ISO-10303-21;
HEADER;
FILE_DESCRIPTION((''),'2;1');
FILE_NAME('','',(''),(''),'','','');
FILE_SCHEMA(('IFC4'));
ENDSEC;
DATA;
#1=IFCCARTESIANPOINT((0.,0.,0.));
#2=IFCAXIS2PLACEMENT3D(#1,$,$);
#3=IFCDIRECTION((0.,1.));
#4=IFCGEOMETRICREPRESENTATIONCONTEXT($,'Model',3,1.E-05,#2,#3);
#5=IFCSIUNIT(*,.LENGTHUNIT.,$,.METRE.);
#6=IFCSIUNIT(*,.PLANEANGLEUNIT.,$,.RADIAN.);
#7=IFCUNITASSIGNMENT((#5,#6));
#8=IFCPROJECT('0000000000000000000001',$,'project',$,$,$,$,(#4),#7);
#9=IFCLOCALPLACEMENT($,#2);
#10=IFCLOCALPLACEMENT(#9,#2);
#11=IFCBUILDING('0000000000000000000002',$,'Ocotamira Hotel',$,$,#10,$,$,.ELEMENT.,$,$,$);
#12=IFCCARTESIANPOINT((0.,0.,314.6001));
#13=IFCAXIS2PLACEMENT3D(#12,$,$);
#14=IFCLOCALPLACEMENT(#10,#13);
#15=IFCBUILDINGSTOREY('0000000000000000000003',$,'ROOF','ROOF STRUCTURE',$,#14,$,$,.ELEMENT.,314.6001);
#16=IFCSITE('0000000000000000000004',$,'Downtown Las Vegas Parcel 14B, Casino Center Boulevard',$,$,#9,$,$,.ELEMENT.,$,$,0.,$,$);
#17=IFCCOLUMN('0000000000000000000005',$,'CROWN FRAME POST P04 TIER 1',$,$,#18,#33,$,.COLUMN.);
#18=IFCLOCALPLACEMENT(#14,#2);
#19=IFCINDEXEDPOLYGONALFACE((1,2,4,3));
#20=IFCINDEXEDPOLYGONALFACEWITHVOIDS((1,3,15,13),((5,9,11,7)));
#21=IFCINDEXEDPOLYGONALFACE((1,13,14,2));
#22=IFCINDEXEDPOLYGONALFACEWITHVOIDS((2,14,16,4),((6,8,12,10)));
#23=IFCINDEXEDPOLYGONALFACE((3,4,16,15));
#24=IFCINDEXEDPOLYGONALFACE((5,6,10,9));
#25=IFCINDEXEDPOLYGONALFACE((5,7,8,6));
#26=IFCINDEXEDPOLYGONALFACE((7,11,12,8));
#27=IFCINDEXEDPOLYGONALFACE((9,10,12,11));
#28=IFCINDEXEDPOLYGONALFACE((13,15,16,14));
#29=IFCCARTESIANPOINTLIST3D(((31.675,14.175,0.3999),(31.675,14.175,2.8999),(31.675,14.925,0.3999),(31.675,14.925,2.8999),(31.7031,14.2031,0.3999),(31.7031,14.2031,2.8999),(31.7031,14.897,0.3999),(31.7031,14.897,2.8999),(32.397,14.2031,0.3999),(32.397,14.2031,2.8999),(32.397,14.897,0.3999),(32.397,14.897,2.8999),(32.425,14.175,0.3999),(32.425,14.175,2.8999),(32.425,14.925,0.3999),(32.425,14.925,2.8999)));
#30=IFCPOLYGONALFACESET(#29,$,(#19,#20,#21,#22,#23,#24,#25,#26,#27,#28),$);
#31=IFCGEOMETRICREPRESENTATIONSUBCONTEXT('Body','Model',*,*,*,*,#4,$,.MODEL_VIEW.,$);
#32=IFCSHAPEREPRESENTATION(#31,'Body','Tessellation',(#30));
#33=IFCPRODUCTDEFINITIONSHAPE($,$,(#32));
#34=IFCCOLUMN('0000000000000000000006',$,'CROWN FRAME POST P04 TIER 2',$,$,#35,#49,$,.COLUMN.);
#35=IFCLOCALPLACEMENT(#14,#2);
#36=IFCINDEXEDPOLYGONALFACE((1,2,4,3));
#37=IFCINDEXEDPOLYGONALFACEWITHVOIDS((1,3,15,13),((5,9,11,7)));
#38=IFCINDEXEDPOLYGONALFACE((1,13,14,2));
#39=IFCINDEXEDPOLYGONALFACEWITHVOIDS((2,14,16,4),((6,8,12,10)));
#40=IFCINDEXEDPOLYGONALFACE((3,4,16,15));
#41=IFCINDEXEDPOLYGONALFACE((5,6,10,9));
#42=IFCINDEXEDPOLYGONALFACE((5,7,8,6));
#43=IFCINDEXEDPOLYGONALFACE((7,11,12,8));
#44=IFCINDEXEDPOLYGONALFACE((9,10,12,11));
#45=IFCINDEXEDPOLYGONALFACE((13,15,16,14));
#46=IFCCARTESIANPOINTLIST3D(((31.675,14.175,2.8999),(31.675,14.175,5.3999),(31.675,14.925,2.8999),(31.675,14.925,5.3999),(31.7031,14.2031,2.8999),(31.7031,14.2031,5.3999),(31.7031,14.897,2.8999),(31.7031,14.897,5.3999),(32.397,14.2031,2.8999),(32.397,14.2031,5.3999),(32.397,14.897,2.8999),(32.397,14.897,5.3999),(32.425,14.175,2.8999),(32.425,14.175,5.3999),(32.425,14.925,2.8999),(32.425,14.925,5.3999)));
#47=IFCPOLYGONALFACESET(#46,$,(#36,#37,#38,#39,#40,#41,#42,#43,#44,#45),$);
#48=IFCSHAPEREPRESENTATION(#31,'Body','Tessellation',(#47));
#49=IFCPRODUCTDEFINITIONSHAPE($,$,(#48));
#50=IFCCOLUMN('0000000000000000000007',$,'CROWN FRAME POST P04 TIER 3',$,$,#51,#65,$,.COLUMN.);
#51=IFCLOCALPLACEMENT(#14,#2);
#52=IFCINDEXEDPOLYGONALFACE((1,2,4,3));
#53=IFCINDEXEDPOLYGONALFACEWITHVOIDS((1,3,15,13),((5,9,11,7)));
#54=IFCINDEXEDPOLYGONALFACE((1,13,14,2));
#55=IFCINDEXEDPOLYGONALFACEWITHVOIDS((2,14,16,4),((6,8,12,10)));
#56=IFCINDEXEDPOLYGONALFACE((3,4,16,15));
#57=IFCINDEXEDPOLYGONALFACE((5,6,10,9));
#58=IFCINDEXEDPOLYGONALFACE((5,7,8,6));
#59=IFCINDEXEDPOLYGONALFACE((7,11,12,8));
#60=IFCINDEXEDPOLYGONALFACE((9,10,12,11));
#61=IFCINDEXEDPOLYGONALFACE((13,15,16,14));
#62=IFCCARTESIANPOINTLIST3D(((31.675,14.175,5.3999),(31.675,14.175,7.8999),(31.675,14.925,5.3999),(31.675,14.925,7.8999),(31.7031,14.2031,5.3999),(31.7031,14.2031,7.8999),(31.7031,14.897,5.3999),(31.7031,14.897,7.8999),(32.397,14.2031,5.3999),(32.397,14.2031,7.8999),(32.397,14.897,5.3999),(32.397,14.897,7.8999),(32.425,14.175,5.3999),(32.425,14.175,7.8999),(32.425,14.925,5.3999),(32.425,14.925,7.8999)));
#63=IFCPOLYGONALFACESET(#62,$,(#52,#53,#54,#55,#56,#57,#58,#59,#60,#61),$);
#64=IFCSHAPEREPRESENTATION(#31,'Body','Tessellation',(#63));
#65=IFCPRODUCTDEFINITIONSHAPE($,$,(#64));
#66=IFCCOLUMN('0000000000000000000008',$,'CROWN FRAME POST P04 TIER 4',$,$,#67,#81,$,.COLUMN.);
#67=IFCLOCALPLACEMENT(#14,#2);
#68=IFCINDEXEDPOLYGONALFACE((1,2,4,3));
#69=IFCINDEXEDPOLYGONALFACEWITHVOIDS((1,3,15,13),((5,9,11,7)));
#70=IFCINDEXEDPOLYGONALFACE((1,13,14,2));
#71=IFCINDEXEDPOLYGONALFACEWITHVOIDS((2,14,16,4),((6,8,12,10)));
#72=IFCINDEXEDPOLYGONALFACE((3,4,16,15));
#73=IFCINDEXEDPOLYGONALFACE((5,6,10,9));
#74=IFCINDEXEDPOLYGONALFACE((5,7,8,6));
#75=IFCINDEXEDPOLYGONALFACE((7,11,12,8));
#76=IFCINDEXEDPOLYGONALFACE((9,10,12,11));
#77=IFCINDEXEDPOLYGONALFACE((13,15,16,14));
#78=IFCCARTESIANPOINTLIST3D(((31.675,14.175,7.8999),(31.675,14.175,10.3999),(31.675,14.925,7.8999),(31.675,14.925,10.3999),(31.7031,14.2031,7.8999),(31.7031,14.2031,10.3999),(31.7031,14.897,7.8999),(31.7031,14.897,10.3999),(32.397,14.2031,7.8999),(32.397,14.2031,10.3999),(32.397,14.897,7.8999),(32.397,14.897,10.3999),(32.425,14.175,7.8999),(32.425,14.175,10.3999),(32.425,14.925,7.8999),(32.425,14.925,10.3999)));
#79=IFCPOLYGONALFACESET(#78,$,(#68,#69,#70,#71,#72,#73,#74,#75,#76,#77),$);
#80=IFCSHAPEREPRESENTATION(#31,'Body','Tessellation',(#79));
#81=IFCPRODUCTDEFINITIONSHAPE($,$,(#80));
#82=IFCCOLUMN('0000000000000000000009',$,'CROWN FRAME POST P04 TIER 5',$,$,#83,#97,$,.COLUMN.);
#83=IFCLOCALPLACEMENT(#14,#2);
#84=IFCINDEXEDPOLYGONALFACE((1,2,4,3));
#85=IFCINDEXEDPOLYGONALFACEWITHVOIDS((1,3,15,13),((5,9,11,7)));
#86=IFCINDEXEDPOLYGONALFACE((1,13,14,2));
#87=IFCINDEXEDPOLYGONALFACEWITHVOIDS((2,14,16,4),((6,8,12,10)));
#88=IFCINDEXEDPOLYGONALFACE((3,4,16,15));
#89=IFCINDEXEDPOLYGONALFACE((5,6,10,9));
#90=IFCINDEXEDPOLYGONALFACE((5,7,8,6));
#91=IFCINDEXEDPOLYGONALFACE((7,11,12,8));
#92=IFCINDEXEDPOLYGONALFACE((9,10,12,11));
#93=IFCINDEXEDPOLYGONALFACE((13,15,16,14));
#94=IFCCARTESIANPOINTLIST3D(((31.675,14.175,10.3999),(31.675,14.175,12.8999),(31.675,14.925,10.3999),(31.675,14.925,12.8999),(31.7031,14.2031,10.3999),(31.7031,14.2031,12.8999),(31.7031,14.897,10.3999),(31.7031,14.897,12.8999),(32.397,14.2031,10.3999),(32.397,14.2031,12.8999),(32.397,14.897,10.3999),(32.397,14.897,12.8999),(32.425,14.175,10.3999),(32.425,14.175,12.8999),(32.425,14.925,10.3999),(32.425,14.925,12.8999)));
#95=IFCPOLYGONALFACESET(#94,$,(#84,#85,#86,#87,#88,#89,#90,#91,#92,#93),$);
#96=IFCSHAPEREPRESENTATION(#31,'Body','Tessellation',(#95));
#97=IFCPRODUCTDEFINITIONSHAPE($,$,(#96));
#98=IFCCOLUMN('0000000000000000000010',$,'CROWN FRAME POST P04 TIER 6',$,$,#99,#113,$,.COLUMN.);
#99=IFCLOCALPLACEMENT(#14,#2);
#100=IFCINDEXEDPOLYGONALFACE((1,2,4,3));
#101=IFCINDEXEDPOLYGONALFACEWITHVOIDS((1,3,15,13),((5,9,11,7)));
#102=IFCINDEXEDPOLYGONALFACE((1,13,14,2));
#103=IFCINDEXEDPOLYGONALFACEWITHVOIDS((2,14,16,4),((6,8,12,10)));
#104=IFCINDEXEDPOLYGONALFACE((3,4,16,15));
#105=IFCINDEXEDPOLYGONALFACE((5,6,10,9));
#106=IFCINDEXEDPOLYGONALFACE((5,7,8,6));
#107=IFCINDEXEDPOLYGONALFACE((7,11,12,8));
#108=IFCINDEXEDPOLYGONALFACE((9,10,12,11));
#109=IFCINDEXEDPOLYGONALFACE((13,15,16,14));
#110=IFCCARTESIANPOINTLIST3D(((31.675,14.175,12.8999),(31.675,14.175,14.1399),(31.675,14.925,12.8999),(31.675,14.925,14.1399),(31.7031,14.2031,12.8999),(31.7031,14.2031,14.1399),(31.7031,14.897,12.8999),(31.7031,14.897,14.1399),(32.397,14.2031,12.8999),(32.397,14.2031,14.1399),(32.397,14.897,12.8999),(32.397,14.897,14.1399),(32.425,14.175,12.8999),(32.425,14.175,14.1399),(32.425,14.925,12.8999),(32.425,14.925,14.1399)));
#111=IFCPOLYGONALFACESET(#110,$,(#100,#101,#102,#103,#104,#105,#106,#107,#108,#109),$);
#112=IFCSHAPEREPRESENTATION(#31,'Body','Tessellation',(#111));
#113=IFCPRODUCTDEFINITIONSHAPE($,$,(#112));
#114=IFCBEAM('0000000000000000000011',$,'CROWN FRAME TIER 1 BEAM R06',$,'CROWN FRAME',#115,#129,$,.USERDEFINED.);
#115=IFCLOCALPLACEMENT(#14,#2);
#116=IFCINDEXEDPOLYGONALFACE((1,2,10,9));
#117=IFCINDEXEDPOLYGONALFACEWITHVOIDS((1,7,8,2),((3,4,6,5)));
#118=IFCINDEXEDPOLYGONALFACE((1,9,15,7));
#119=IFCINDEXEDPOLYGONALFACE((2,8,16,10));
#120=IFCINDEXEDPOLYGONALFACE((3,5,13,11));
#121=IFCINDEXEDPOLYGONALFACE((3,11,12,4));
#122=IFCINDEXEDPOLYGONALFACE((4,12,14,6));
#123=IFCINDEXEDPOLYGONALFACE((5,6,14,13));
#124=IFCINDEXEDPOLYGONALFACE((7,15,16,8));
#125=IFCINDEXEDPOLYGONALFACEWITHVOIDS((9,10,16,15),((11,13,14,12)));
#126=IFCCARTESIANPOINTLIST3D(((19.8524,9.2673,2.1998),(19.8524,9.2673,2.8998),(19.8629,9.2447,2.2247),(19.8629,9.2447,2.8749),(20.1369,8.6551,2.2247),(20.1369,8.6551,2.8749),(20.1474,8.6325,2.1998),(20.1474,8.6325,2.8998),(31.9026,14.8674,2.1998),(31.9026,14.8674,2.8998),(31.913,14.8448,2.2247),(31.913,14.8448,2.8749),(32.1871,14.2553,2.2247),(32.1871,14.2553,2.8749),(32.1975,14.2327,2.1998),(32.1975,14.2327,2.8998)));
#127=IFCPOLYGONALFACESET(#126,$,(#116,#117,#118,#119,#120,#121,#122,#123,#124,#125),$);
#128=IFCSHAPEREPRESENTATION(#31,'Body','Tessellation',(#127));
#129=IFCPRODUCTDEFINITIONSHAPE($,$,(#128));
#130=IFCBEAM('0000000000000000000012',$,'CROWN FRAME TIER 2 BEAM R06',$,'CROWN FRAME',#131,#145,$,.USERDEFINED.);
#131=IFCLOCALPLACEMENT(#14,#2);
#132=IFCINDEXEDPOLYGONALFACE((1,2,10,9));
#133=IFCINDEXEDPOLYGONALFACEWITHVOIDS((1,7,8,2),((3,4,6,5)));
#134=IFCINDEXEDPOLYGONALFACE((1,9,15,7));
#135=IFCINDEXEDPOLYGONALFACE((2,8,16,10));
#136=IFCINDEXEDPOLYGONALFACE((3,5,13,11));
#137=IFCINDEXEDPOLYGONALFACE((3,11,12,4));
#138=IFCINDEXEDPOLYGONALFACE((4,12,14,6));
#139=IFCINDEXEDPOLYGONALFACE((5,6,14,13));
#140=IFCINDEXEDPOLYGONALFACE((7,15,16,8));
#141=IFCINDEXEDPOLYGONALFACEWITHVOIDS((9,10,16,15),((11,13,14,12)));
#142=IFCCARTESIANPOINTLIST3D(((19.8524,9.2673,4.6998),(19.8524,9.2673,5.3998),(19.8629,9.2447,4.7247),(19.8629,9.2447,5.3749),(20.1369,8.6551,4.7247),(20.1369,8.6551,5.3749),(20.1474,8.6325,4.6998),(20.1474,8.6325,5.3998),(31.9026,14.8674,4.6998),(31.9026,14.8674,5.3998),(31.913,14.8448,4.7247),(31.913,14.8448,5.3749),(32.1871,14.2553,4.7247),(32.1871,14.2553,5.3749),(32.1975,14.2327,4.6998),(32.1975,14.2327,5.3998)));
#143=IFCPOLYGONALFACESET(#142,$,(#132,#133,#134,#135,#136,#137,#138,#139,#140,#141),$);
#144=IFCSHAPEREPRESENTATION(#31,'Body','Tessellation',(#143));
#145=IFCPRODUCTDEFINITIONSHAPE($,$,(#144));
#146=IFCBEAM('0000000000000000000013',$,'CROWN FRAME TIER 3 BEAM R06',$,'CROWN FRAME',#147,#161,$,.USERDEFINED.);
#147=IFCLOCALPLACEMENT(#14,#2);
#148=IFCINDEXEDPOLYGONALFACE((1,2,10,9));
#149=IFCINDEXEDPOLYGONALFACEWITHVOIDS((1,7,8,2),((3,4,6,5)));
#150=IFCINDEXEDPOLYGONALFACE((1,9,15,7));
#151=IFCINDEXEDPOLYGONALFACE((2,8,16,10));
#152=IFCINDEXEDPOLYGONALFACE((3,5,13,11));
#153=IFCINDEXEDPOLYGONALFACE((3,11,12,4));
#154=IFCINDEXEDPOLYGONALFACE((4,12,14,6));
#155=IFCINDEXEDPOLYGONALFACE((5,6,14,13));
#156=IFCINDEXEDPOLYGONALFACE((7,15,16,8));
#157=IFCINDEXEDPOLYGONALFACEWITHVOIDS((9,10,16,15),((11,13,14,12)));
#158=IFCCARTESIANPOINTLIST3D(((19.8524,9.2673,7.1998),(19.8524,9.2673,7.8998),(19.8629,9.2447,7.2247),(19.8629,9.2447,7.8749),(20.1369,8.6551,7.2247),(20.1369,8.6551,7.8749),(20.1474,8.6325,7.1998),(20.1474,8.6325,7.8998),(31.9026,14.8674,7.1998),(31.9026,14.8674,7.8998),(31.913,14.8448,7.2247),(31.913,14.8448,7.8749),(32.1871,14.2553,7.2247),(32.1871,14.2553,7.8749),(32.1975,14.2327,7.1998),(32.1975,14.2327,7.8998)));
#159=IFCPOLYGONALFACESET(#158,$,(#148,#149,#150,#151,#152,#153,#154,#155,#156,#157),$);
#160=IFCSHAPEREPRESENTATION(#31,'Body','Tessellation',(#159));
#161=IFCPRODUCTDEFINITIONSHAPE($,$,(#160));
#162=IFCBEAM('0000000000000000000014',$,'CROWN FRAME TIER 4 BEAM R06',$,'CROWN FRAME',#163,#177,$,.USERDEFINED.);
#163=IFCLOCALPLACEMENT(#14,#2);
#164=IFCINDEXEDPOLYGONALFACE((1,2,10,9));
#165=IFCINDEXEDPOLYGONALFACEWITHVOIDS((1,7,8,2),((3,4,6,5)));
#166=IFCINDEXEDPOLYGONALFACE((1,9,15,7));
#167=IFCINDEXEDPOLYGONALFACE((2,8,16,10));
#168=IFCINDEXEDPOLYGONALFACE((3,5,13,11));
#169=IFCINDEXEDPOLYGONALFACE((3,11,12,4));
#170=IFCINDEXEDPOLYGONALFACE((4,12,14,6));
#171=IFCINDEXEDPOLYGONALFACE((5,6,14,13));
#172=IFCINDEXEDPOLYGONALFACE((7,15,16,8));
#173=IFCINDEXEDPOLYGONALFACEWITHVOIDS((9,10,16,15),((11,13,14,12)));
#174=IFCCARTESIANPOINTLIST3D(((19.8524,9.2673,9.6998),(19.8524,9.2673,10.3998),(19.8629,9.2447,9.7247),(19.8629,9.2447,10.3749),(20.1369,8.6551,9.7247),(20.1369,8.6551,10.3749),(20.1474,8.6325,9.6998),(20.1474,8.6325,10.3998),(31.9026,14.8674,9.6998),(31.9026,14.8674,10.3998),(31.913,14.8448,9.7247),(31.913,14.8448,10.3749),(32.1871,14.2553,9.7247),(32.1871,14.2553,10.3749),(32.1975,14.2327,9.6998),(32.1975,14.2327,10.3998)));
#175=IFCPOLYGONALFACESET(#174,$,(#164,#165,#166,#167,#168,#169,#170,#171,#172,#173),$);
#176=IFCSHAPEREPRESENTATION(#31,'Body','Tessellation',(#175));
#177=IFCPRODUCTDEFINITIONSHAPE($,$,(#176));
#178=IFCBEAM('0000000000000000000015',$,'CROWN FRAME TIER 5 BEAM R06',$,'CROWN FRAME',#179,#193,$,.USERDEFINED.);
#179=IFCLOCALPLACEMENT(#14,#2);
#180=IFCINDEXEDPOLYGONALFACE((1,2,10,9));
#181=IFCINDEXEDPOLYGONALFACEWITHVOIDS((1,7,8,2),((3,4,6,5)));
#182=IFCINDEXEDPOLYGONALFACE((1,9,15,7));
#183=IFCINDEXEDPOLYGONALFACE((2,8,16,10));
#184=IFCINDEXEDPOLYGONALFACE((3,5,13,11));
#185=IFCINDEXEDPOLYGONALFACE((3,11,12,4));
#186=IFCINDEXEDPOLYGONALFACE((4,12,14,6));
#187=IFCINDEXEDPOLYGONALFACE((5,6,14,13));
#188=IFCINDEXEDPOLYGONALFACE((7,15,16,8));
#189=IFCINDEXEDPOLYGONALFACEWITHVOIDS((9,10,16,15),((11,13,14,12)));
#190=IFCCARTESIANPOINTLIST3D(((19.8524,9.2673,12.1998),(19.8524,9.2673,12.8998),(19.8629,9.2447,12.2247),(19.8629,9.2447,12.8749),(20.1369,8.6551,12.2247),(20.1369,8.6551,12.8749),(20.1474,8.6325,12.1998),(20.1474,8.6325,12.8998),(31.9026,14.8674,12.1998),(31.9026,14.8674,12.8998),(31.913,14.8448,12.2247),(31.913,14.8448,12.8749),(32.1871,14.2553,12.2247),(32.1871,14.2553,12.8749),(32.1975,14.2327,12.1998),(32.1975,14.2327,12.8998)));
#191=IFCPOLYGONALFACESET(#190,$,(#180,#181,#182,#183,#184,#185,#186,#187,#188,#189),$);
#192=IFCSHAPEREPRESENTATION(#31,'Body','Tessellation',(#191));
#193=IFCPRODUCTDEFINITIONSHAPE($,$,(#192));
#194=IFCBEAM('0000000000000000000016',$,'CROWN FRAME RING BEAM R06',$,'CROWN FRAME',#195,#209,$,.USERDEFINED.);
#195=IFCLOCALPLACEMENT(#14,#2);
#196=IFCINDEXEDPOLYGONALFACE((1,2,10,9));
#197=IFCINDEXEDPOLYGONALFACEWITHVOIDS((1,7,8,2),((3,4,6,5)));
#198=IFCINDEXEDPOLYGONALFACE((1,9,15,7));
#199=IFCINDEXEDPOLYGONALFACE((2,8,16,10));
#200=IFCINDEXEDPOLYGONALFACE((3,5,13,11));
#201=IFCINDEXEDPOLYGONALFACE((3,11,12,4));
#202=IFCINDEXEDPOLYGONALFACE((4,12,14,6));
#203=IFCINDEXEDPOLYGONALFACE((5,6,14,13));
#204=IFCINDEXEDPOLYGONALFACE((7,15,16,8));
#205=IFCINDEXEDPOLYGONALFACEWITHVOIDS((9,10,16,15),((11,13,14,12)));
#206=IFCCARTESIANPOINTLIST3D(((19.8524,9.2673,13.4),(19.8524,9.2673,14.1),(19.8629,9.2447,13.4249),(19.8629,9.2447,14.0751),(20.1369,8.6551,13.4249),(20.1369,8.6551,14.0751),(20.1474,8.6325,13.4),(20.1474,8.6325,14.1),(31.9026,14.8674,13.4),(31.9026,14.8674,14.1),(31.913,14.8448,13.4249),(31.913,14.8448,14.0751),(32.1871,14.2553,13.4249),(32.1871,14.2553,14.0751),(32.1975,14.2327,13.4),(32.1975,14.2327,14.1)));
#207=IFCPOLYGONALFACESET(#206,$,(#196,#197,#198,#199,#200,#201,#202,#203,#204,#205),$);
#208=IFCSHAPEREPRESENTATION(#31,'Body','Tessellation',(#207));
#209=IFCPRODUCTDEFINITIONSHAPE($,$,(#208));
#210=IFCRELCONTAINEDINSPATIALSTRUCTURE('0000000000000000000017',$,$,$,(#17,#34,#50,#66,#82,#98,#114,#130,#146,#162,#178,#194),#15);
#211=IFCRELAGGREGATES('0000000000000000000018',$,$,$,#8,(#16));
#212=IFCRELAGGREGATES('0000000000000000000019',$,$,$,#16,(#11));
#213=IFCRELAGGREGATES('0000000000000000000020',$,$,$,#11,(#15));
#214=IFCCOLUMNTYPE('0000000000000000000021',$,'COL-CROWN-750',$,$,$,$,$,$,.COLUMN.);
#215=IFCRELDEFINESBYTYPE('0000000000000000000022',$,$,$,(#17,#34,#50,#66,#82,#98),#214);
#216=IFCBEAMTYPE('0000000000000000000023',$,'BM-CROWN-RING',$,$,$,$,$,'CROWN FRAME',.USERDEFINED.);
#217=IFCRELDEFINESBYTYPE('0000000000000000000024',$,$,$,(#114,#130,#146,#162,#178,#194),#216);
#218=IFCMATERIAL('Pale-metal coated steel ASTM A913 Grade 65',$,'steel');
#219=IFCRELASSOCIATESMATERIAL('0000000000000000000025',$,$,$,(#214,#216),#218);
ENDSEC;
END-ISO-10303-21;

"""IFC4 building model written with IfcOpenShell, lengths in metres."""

from ifc_helpers import new_model, si_unit, direction, frame, origin, origin_2d, place, context, subcontext, project, spatial, hollow_rectangle, extrude, source, transform, mapped, material, material_profile, profile_set, type_object, element, save


model = new_model("IFC4")

# Units and contexts
model_context = context("Model", 3, precision=1e-05, world=origin(), true_north=direction((0.0, 1.0)))
body_context = subcontext(model_context, "Body", "Model", "MODEL_VIEW")
ifc_project = project(units=[si_unit("LENGTHUNIT", "METRE"), si_unit("PLANEANGLEUNIT", "RADIAN")], contexts=[model_context])

# Site, building, storey
site_placement = place(None, origin())
site = spatial("IfcSite", under=ifc_project, at=site_placement, Name="Downtown Las Vegas Parcel 14B, Casino Center Boulevard", CompositionType="ELEMENT", RefElevation=0.0)
building_placement = place(site_placement, origin())
building = spatial("IfcBuilding", under=site, at=building_placement, Name="Ocotamira Hotel", CompositionType="ELEMENT")
storey_placement = place(building_placement, frame((0.0, 0.0, 314.6001)))
storey = spatial("IfcBuildingStorey", under=building, at=storey_placement, Name="ROOF", Description="ROOF STRUCTURE", CompositionType="ELEMENT", Elevation=314.6001)

# Columns
ifc_material_1 = material(Name="Pale-metal coated steel ASTM A913 Grade 65", Category="steel")
ifc_material_profile_1 = material_profile(ifc_material_1, hollow_rectangle(XDim=0.75, YDim=0.75, WallThickness=0.0281, at=origin_2d()), Name="BOX750X750X28")
ifc_profile_set_1 = profile_set([ifc_material_profile_1], Name="Pale-metal coated steel ASTM A913 Grade 65")
column_type = type_object("IfcColumnType", Name="COL-CROWN-750", PredefinedType="COLUMN", material=ifc_profile_set_1)
shared_shape_1 = source(origin(), body_context, "Body", "SweptSolid", [
    extrude(hollow_rectangle(XDim=0.75, YDim=0.75, WallThickness=0.0281, at=origin_2d()), origin(), (0.0, 0.0, 1.0), 2.5),
])
for number, where, z_axis, x_axis, name in (
    (1, (32.05, 14.55, 0.3999), (0.0, 0.0, 1.0), (1.0, 0.0, 0.0), "CROWN FRAME POST P04 TIER 1"),
    (2, (32.05, 14.55, 2.8999), (0.0, 0.0, 1.0), (1.0, 0.0, 0.0), "CROWN FRAME POST P04 TIER 2"),
    (3, (32.05, 14.55, 5.3999), (0.0, 0.0, 1.0), (1.0, 0.0, 0.0), "CROWN FRAME POST P04 TIER 3"),
    (4, (32.05, 14.55, 7.8999), (0.0, 0.0, 1.0), (1.0, 0.0, 0.0), "CROWN FRAME POST P04 TIER 4"),
    (5, (32.05, 14.55, 10.3999), (0.0, 0.0, 1.0), (1.0, 0.0, 0.0), "CROWN FRAME POST P04 TIER 5"),
):
    element("IfcColumn", number, at=place(storey_placement, frame(where, z_axis=z_axis, x_axis=x_axis)), inside=storey, type_object=column_type, Name=name, PredefinedType="COLUMN", context=body_context, shape_type="MappedRepresentation", body=[
        mapped(shared_shape_1, transform((0.0, 0.0, 0.0), scale=1.0)),
    ])
shared_shape_2 = source(origin(), body_context, "Body", "SweptSolid", [
    extrude(hollow_rectangle(XDim=0.75, YDim=0.75, WallThickness=0.0281, at=origin_2d()), origin(), (0.0, 0.0, 1.0), 1.24),
])
column_placement = place(storey_placement, frame((32.05, 14.55, 12.8999), z_axis=(0.0, 0.0, 1.0), x_axis=(1.0, 0.0, 0.0)))
element("IfcColumn", 6, at=column_placement, inside=storey, type_object=column_type, Name="CROWN FRAME POST P04 TIER 6", PredefinedType="COLUMN", context=body_context, shape_type="MappedRepresentation", body=[
    mapped(shared_shape_2, transform((0.0, 0.0, 0.0), scale=1.0)),
])

# Beams
ifc_material_profile_2 = material_profile(ifc_material_1, hollow_rectangle(XDim=0.7, YDim=0.7, WallThickness=0.0249, at=origin_2d()), Name="BOX700X700X25")
ifc_profile_set_2 = profile_set([ifc_material_profile_2], Name="Pale-metal coated steel ASTM A913 Grade 65")
beam_type = type_object("IfcBeamType", Name="BM-CROWN-RING", ElementType="CROWN FRAME", PredefinedType="USERDEFINED", material=ifc_profile_set_2)
shared_shape_3 = source(origin(), body_context, "Body", "SweptSolid", [
    extrude(hollow_rectangle(XDim=0.7, YDim=0.7, WallThickness=0.0249, at=origin_2d()), origin(), (0.0, 0.0, 1.0), 13.2878),
])
for number, where, z_axis, x_axis, name in (
    (7, (32.05, 14.55, 2.5498), (-0.906853, -0.421448, 0.0), (0.421448, -0.906853, 0.0), "CROWN FRAME TIER 1 BEAM R06"),
    (8, (32.05, 14.55, 5.0498), (-0.906853, -0.421448, 0.0), (0.421448, -0.906853, 0.0), "CROWN FRAME TIER 2 BEAM R06"),
    (9, (32.05, 14.55, 7.5498), (-0.906853, -0.421448, 0.0), (0.421448, -0.906853, 0.0), "CROWN FRAME TIER 3 BEAM R06"),
    (10, (32.05, 14.55, 10.0498), (-0.906853, -0.421448, 0.0), (0.421448, -0.906853, 0.0), "CROWN FRAME TIER 4 BEAM R06"),
    (11, (32.05, 14.55, 12.5498), (-0.906853, -0.421448, 0.0), (0.421448, -0.906853, 0.0), "CROWN FRAME TIER 5 BEAM R06"),
    (12, (32.05, 14.55, 13.75), (-0.906853, -0.421448, 0.0), (0.421448, -0.906853, 0.0), "CROWN FRAME RING BEAM R06"),
):
    element("IfcBeam", number, at=place(storey_placement, frame(where, z_axis=z_axis, x_axis=x_axis)), inside=storey, type_object=beam_type, Name=name, ObjectType="CROWN FRAME", PredefinedType="USERDEFINED", context=body_context, shape_type="MappedRepresentation", body=[
        mapped(shared_shape_3, transform((0.0, 0.0, 0.0), scale=1.0)),
    ])

save(model, "model.ifc")
